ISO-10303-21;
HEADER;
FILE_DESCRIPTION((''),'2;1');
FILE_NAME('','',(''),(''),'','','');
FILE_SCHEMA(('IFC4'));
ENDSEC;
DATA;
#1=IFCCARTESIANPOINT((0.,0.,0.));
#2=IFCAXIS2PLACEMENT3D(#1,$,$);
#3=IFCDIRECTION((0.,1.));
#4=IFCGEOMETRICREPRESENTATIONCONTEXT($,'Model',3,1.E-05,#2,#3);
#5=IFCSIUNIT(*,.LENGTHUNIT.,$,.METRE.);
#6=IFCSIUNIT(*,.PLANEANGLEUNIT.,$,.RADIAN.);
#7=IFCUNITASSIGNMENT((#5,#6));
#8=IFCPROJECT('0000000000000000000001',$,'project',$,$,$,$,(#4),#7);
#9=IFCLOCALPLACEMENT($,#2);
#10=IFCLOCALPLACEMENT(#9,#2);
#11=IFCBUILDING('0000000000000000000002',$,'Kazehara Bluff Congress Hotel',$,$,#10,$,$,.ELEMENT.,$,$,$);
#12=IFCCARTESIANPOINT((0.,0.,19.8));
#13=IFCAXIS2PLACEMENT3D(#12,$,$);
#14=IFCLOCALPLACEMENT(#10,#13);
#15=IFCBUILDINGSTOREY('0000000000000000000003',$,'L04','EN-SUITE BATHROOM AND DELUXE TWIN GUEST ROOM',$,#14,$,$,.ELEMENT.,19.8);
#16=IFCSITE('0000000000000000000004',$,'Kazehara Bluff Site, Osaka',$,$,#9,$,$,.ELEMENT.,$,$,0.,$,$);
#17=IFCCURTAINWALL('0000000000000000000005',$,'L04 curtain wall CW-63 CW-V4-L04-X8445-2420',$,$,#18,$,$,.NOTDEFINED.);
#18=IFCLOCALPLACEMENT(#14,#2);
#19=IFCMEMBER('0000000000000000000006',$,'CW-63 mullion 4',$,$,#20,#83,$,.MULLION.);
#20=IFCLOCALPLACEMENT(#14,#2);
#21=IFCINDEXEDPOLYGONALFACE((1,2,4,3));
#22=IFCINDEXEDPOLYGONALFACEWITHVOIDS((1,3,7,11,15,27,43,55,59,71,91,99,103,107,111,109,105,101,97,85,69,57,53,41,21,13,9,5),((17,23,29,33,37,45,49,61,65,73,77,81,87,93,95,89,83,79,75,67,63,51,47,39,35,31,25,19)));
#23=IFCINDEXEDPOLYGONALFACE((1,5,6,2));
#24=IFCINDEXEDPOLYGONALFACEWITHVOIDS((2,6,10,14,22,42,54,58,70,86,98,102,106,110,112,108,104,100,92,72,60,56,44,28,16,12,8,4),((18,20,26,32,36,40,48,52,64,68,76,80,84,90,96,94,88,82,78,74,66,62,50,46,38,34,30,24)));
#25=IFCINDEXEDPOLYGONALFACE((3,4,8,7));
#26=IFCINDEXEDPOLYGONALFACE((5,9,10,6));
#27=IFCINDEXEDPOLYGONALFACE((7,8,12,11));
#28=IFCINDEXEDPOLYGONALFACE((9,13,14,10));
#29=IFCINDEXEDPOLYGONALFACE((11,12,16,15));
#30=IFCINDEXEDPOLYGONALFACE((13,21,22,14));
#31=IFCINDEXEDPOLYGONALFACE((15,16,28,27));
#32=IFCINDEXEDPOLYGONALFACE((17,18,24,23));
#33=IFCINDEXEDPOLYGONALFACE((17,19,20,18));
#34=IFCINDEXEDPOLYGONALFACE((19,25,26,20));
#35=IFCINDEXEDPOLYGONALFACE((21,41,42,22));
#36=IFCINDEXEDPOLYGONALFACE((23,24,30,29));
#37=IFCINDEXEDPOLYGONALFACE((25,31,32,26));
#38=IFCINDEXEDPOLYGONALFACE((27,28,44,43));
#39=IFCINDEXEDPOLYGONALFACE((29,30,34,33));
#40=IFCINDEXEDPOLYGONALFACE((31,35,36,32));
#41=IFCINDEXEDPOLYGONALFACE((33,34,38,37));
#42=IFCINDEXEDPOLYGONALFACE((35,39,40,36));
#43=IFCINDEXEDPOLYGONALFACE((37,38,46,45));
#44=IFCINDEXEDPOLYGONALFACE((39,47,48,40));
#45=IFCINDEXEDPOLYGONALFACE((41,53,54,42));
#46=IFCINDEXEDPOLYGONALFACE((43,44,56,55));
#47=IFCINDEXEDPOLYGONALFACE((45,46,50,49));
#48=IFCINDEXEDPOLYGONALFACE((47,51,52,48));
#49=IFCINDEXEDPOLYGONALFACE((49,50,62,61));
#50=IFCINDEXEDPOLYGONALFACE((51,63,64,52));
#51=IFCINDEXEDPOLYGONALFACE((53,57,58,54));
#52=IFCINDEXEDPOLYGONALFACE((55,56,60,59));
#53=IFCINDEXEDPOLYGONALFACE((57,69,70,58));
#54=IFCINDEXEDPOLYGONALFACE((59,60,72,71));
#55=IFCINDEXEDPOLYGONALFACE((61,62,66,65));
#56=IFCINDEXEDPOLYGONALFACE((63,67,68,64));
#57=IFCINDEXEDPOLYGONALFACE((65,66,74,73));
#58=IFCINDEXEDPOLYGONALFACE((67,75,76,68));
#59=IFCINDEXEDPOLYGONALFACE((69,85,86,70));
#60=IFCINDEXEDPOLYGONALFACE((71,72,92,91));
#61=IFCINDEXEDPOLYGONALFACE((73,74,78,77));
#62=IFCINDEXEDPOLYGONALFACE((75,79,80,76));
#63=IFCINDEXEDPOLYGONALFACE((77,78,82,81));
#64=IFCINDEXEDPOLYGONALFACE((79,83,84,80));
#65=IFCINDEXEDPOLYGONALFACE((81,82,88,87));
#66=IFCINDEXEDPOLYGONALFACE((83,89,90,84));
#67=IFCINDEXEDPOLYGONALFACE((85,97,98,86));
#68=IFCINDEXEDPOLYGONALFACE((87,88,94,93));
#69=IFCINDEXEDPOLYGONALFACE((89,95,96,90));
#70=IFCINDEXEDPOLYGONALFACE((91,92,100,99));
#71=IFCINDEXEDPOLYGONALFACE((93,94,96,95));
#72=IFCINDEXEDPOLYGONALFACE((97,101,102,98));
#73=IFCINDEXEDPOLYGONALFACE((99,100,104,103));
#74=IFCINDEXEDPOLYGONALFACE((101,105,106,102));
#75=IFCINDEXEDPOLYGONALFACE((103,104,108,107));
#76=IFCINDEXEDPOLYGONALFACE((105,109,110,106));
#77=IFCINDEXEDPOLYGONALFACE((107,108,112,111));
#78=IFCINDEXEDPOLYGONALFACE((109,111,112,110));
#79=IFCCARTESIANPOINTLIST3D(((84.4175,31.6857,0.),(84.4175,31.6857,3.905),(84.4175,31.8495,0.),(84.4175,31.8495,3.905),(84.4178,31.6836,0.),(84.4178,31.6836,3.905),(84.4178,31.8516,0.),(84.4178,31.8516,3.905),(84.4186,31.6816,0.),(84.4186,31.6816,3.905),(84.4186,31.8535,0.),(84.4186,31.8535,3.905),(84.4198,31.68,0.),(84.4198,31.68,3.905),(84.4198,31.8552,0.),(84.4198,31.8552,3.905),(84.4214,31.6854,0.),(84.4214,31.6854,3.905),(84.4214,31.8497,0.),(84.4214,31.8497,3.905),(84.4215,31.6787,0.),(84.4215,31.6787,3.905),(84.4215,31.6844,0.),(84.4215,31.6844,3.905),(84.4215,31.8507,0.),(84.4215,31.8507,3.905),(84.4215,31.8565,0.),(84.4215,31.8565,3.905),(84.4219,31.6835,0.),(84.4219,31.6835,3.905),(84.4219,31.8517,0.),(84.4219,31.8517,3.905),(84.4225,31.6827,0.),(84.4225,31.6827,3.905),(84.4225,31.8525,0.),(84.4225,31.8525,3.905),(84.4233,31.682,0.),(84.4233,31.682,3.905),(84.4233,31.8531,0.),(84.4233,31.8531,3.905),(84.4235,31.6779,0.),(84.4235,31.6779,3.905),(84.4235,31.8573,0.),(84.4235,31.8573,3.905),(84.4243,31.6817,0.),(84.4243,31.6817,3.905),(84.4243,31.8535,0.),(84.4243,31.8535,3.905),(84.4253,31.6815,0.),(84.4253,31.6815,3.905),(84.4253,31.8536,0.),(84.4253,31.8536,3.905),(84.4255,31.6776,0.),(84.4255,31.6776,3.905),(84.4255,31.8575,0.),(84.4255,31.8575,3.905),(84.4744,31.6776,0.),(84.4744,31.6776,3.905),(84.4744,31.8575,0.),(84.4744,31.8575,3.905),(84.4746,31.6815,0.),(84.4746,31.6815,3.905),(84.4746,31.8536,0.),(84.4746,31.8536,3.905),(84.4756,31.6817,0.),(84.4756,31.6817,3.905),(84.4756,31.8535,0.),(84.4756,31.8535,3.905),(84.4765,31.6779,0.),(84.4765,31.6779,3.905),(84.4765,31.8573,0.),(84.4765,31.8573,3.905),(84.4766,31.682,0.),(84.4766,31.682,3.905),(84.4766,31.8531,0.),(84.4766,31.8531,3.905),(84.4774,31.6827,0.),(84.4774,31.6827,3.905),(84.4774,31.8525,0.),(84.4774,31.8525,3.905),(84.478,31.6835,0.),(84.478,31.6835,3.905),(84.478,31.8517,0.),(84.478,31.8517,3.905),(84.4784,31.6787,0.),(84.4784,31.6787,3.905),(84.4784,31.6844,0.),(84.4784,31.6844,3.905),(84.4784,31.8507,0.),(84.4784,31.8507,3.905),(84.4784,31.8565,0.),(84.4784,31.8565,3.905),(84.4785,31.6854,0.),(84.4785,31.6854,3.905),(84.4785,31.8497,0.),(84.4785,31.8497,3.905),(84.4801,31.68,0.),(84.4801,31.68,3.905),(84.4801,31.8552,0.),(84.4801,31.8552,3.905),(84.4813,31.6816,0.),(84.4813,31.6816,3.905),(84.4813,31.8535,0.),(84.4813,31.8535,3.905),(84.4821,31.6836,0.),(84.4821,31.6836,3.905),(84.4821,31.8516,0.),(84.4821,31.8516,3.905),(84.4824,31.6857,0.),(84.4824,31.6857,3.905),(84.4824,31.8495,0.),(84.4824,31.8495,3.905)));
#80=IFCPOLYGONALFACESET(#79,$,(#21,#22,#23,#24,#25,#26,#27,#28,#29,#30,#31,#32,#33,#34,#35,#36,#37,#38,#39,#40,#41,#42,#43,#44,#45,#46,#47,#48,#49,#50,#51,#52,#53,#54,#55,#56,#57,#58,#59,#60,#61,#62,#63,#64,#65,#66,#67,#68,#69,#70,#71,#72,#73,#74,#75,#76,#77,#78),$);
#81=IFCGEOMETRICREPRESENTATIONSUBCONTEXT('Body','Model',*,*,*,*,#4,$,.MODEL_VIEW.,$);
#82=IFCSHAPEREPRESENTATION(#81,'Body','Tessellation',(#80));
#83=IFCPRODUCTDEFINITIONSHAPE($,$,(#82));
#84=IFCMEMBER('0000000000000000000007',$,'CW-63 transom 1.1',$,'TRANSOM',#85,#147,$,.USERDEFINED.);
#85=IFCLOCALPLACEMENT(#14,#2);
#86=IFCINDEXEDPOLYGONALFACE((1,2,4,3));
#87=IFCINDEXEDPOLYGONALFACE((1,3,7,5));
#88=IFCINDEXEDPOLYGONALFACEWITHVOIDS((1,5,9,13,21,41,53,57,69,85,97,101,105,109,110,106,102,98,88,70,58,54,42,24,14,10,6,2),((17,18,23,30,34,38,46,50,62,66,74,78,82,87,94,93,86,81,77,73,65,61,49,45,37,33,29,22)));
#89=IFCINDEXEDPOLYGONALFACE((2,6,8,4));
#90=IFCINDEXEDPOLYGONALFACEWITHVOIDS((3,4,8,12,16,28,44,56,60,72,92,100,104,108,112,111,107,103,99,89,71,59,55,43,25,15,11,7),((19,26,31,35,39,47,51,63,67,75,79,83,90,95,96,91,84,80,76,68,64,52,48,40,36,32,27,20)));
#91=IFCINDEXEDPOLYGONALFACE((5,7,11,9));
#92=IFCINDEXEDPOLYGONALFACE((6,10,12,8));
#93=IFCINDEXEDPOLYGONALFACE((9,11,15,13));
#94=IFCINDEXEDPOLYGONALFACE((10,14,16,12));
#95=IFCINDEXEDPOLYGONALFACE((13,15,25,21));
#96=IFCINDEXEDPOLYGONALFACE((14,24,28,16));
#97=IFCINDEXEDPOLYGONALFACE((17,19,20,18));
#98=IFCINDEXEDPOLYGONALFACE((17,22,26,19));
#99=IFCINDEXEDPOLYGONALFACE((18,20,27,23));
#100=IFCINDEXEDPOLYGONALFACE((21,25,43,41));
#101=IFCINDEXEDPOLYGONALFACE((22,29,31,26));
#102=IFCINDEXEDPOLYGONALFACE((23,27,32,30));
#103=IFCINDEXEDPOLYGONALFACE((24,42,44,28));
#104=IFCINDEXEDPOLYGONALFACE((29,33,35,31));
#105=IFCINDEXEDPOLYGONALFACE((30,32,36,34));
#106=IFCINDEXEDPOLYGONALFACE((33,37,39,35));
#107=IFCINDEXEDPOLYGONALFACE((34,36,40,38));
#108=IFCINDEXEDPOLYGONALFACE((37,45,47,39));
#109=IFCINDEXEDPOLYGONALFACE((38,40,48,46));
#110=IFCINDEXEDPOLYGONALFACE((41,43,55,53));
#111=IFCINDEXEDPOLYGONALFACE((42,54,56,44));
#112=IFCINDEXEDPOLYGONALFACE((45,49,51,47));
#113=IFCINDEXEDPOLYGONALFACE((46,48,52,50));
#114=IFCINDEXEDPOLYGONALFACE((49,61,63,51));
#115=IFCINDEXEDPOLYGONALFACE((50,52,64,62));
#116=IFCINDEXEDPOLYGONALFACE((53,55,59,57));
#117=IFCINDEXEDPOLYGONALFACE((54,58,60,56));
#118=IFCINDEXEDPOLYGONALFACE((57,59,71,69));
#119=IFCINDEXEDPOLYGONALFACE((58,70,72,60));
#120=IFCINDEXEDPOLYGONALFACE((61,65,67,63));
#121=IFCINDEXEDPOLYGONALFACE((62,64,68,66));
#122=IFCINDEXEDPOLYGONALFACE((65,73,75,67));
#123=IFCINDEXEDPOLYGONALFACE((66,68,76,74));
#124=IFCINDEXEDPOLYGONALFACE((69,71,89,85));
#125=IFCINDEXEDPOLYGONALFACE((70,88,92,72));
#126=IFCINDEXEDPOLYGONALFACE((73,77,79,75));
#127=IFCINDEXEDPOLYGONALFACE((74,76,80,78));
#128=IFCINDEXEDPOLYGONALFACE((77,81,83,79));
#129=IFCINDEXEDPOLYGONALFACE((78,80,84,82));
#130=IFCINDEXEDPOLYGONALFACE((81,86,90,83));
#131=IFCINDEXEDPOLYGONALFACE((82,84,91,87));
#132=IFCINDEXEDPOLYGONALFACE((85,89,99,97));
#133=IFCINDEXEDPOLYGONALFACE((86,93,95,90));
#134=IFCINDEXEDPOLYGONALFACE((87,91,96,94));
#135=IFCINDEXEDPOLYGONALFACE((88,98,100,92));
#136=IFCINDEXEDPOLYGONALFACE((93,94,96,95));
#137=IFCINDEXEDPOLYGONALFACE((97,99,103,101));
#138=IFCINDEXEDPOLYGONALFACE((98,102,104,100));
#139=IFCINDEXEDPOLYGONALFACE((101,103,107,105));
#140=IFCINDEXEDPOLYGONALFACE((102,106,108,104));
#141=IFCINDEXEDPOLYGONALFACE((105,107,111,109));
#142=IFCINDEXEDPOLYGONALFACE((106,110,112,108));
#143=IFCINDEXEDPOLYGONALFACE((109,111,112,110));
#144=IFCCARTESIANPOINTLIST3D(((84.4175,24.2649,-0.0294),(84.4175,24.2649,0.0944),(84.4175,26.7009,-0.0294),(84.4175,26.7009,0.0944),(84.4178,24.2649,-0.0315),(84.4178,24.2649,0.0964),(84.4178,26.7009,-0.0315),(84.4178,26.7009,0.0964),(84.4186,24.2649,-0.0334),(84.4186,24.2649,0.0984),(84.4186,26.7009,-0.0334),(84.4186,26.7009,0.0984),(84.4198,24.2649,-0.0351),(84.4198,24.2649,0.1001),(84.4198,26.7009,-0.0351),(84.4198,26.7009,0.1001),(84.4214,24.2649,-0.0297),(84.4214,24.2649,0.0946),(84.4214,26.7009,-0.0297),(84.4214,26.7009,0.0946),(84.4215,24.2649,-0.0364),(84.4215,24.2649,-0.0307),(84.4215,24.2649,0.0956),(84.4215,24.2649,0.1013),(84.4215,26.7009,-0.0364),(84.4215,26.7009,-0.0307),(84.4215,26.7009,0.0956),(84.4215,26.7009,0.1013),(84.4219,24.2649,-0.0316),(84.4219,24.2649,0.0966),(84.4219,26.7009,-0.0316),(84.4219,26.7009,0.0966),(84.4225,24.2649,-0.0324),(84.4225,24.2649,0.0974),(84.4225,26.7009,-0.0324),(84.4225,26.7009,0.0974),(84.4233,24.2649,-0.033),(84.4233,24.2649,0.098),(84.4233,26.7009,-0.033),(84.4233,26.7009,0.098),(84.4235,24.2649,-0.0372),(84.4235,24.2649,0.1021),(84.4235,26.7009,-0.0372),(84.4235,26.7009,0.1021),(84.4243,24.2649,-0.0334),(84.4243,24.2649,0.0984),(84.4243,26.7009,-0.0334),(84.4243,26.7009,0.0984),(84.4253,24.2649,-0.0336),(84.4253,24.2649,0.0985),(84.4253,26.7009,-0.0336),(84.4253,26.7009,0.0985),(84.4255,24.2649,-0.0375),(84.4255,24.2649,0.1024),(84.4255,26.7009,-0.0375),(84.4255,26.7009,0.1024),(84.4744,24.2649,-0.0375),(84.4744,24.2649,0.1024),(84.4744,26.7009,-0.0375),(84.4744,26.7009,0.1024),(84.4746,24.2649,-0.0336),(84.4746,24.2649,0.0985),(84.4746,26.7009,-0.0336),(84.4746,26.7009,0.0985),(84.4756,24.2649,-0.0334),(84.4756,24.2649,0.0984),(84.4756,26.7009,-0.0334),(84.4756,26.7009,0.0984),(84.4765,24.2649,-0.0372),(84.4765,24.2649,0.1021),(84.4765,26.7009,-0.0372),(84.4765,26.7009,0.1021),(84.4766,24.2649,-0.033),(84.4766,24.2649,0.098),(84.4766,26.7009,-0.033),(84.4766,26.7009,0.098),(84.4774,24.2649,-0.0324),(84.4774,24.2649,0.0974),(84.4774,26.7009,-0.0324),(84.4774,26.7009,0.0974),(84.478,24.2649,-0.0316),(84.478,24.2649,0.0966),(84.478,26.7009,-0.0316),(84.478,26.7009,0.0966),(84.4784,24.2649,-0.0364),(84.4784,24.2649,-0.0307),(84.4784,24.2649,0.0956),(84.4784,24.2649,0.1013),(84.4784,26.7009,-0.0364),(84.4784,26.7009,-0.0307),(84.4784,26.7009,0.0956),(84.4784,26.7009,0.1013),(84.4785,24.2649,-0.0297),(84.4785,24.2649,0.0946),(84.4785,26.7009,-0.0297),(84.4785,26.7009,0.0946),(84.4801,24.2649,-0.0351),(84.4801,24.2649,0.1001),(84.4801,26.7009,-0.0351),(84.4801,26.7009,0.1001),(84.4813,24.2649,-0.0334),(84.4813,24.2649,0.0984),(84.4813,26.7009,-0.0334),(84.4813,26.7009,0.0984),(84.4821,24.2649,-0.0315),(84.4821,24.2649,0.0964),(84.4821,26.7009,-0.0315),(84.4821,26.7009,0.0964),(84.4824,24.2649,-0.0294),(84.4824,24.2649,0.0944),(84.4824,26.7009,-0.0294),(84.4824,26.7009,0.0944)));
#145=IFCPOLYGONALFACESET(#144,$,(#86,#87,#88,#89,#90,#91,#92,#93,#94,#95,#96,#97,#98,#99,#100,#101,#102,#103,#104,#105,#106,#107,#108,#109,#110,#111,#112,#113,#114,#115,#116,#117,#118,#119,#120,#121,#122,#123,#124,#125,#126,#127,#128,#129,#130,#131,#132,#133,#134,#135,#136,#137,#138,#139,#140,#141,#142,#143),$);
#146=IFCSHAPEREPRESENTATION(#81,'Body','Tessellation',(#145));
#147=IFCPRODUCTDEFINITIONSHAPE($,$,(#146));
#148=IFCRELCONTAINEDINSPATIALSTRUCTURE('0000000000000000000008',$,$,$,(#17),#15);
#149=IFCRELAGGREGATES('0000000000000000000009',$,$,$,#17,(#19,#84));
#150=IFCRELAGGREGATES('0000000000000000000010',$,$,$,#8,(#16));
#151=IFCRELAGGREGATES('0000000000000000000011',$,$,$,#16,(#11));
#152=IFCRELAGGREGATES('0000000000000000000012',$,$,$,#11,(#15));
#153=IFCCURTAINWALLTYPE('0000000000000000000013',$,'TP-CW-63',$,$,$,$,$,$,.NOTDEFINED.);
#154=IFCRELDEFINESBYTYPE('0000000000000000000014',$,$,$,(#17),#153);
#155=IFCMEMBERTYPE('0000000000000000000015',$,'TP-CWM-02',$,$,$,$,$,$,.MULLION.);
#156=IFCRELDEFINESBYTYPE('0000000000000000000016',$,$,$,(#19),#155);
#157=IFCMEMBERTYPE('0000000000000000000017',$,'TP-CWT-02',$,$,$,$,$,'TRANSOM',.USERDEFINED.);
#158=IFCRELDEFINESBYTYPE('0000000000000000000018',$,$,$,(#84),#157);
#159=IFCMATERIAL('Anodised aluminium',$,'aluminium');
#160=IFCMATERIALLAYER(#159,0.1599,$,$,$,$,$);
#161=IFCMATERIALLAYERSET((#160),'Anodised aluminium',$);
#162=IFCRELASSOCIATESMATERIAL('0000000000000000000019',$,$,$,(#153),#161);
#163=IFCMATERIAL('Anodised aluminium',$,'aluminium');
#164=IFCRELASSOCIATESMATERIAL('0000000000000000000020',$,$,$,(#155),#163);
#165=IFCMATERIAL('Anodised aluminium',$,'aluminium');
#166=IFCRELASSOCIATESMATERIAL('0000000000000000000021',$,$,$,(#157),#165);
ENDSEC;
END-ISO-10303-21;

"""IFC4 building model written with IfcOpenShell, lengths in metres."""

from ifc_helpers import new_model, si_unit, direction, frame, origin, origin_2d, place, context, subcontext, project, spatial, hollow_rectangle, extrude, material, layer, layer_set, material_profile, profile_set, type_object, element, aggregate, save


model = new_model("IFC4")

# Units and contexts
model_context = context("Model", 3, precision=1e-05, world=origin(), true_north=direction((0.0, 1.0)))
body_context = subcontext(model_context, "Body", "Model", "MODEL_VIEW")
ifc_project = project(units=[si_unit("LENGTHUNIT", "METRE"), si_unit("PLANEANGLEUNIT", "RADIAN")], contexts=[model_context])

# Site, building, storey
site_placement = place(None, origin())
site = spatial("IfcSite", under=ifc_project, at=site_placement, Name="Kazehara Bluff Site, Osaka", CompositionType="ELEMENT", RefElevation=0.0)
building_placement = place(site_placement, origin())
building = spatial("IfcBuilding", under=site, at=building_placement, Name="Kazehara Bluff Congress Hotel", CompositionType="ELEMENT")
storey_placement = place(building_placement, frame((0.0, 0.0, 19.8)))
storey = spatial("IfcBuildingStorey", under=building, at=storey_placement, Name="L04", Description="EN-SUITE BATHROOM AND DELUXE TWIN GUEST ROOM", CompositionType="ELEMENT", Elevation=19.8)

# Curtain wall, members
ifc_material_1 = material(Name="Anodised aluminium", Category="aluminium")
ifc_layer_1 = layer(ifc_material_1, 0.1599)
ifc_layer_set_1 = layer_set([ifc_layer_1], Name="Anodised aluminium")
curtain_wall_type = type_object("IfcCurtainWallType", Name="TP-CW-63", PredefinedType="NOTDEFINED", material=ifc_layer_set_1)
curtain_wall_placement = place(storey_placement, origin())
curtain_wall = element("IfcCurtainWall", 1, at=curtain_wall_placement, inside=storey, type_object=curtain_wall_type, Name="L04 curtain wall CW-63 CW-V4-L04-X8445-2420", PredefinedType="NOTDEFINED")
ifc_material_2 = material(Name="Anodised aluminium", Category="aluminium")
ifc_material_profile_1 = material_profile(ifc_material_2, hollow_rectangle(XDim=0.0649, YDim=0.1799, WallThickness=0.0039, InnerFilletRadius=0.0039, OuterFilletRadius=0.0081, at=origin_2d()))
ifc_profile_set_1 = profile_set([ifc_material_profile_1], Name="Anodised aluminium")
member_type_1 = type_object("IfcMemberType", Name="TP-CWM-02", PredefinedType="MULLION", material=ifc_profile_set_1)
member_1_placement = place(storey_placement, frame((84.45, 31.7676, 0.0), z_axis=(0.0, 0.0, 1.0), x_axis=(-1.0, 0.0, 0.0)))
member_1 = element("IfcMember", 2, at=member_1_placement, type_object=member_type_1, Name="CW-63 mullion 4", PredefinedType="MULLION", context=body_context, shape_type="SweptSolid", body=[
    extrude(hollow_rectangle(XDim=0.0649, YDim=0.1799, WallThickness=0.0039, InnerFilletRadius=0.0039, OuterFilletRadius=0.0081, at=origin_2d()), origin(), (0.0, 0.0, 1.0), 3.905),
])
ifc_material_3 = material(Name="Anodised aluminium", Category="aluminium")
ifc_material_profile_2 = material_profile(ifc_material_3, hollow_rectangle(XDim=0.0649, YDim=0.1399, WallThickness=0.0039, InnerFilletRadius=0.0039, OuterFilletRadius=0.0081, at=origin_2d()))
ifc_profile_set_2 = profile_set([ifc_material_profile_2], Name="Anodised aluminium")
member_type_2 = type_object("IfcMemberType", Name="TP-CWT-02", ElementType="TRANSOM", PredefinedType="USERDEFINED", material=ifc_profile_set_2)
member_2_placement = place(storey_placement, frame((84.45, 24.2649, 0.0325), z_axis=(0.0, 1.0, 0.0), x_axis=(-1.0, 0.0, 0.0)))
member_2 = element("IfcMember", 3, at=member_2_placement, type_object=member_type_2, Name="CW-63 transom 1.1", ObjectType="TRANSOM", PredefinedType="USERDEFINED", context=body_context, shape_type="SweptSolid", body=[
    extrude(hollow_rectangle(XDim=0.0649, YDim=0.1399, WallThickness=0.0039, InnerFilletRadius=0.0039, OuterFilletRadius=0.0081, at=origin_2d()), origin(), (0.0, 0.0, 1.0), 2.436),
])

aggregate(curtain_wall, [member_1, member_2])

save(model, "model.ifc")
